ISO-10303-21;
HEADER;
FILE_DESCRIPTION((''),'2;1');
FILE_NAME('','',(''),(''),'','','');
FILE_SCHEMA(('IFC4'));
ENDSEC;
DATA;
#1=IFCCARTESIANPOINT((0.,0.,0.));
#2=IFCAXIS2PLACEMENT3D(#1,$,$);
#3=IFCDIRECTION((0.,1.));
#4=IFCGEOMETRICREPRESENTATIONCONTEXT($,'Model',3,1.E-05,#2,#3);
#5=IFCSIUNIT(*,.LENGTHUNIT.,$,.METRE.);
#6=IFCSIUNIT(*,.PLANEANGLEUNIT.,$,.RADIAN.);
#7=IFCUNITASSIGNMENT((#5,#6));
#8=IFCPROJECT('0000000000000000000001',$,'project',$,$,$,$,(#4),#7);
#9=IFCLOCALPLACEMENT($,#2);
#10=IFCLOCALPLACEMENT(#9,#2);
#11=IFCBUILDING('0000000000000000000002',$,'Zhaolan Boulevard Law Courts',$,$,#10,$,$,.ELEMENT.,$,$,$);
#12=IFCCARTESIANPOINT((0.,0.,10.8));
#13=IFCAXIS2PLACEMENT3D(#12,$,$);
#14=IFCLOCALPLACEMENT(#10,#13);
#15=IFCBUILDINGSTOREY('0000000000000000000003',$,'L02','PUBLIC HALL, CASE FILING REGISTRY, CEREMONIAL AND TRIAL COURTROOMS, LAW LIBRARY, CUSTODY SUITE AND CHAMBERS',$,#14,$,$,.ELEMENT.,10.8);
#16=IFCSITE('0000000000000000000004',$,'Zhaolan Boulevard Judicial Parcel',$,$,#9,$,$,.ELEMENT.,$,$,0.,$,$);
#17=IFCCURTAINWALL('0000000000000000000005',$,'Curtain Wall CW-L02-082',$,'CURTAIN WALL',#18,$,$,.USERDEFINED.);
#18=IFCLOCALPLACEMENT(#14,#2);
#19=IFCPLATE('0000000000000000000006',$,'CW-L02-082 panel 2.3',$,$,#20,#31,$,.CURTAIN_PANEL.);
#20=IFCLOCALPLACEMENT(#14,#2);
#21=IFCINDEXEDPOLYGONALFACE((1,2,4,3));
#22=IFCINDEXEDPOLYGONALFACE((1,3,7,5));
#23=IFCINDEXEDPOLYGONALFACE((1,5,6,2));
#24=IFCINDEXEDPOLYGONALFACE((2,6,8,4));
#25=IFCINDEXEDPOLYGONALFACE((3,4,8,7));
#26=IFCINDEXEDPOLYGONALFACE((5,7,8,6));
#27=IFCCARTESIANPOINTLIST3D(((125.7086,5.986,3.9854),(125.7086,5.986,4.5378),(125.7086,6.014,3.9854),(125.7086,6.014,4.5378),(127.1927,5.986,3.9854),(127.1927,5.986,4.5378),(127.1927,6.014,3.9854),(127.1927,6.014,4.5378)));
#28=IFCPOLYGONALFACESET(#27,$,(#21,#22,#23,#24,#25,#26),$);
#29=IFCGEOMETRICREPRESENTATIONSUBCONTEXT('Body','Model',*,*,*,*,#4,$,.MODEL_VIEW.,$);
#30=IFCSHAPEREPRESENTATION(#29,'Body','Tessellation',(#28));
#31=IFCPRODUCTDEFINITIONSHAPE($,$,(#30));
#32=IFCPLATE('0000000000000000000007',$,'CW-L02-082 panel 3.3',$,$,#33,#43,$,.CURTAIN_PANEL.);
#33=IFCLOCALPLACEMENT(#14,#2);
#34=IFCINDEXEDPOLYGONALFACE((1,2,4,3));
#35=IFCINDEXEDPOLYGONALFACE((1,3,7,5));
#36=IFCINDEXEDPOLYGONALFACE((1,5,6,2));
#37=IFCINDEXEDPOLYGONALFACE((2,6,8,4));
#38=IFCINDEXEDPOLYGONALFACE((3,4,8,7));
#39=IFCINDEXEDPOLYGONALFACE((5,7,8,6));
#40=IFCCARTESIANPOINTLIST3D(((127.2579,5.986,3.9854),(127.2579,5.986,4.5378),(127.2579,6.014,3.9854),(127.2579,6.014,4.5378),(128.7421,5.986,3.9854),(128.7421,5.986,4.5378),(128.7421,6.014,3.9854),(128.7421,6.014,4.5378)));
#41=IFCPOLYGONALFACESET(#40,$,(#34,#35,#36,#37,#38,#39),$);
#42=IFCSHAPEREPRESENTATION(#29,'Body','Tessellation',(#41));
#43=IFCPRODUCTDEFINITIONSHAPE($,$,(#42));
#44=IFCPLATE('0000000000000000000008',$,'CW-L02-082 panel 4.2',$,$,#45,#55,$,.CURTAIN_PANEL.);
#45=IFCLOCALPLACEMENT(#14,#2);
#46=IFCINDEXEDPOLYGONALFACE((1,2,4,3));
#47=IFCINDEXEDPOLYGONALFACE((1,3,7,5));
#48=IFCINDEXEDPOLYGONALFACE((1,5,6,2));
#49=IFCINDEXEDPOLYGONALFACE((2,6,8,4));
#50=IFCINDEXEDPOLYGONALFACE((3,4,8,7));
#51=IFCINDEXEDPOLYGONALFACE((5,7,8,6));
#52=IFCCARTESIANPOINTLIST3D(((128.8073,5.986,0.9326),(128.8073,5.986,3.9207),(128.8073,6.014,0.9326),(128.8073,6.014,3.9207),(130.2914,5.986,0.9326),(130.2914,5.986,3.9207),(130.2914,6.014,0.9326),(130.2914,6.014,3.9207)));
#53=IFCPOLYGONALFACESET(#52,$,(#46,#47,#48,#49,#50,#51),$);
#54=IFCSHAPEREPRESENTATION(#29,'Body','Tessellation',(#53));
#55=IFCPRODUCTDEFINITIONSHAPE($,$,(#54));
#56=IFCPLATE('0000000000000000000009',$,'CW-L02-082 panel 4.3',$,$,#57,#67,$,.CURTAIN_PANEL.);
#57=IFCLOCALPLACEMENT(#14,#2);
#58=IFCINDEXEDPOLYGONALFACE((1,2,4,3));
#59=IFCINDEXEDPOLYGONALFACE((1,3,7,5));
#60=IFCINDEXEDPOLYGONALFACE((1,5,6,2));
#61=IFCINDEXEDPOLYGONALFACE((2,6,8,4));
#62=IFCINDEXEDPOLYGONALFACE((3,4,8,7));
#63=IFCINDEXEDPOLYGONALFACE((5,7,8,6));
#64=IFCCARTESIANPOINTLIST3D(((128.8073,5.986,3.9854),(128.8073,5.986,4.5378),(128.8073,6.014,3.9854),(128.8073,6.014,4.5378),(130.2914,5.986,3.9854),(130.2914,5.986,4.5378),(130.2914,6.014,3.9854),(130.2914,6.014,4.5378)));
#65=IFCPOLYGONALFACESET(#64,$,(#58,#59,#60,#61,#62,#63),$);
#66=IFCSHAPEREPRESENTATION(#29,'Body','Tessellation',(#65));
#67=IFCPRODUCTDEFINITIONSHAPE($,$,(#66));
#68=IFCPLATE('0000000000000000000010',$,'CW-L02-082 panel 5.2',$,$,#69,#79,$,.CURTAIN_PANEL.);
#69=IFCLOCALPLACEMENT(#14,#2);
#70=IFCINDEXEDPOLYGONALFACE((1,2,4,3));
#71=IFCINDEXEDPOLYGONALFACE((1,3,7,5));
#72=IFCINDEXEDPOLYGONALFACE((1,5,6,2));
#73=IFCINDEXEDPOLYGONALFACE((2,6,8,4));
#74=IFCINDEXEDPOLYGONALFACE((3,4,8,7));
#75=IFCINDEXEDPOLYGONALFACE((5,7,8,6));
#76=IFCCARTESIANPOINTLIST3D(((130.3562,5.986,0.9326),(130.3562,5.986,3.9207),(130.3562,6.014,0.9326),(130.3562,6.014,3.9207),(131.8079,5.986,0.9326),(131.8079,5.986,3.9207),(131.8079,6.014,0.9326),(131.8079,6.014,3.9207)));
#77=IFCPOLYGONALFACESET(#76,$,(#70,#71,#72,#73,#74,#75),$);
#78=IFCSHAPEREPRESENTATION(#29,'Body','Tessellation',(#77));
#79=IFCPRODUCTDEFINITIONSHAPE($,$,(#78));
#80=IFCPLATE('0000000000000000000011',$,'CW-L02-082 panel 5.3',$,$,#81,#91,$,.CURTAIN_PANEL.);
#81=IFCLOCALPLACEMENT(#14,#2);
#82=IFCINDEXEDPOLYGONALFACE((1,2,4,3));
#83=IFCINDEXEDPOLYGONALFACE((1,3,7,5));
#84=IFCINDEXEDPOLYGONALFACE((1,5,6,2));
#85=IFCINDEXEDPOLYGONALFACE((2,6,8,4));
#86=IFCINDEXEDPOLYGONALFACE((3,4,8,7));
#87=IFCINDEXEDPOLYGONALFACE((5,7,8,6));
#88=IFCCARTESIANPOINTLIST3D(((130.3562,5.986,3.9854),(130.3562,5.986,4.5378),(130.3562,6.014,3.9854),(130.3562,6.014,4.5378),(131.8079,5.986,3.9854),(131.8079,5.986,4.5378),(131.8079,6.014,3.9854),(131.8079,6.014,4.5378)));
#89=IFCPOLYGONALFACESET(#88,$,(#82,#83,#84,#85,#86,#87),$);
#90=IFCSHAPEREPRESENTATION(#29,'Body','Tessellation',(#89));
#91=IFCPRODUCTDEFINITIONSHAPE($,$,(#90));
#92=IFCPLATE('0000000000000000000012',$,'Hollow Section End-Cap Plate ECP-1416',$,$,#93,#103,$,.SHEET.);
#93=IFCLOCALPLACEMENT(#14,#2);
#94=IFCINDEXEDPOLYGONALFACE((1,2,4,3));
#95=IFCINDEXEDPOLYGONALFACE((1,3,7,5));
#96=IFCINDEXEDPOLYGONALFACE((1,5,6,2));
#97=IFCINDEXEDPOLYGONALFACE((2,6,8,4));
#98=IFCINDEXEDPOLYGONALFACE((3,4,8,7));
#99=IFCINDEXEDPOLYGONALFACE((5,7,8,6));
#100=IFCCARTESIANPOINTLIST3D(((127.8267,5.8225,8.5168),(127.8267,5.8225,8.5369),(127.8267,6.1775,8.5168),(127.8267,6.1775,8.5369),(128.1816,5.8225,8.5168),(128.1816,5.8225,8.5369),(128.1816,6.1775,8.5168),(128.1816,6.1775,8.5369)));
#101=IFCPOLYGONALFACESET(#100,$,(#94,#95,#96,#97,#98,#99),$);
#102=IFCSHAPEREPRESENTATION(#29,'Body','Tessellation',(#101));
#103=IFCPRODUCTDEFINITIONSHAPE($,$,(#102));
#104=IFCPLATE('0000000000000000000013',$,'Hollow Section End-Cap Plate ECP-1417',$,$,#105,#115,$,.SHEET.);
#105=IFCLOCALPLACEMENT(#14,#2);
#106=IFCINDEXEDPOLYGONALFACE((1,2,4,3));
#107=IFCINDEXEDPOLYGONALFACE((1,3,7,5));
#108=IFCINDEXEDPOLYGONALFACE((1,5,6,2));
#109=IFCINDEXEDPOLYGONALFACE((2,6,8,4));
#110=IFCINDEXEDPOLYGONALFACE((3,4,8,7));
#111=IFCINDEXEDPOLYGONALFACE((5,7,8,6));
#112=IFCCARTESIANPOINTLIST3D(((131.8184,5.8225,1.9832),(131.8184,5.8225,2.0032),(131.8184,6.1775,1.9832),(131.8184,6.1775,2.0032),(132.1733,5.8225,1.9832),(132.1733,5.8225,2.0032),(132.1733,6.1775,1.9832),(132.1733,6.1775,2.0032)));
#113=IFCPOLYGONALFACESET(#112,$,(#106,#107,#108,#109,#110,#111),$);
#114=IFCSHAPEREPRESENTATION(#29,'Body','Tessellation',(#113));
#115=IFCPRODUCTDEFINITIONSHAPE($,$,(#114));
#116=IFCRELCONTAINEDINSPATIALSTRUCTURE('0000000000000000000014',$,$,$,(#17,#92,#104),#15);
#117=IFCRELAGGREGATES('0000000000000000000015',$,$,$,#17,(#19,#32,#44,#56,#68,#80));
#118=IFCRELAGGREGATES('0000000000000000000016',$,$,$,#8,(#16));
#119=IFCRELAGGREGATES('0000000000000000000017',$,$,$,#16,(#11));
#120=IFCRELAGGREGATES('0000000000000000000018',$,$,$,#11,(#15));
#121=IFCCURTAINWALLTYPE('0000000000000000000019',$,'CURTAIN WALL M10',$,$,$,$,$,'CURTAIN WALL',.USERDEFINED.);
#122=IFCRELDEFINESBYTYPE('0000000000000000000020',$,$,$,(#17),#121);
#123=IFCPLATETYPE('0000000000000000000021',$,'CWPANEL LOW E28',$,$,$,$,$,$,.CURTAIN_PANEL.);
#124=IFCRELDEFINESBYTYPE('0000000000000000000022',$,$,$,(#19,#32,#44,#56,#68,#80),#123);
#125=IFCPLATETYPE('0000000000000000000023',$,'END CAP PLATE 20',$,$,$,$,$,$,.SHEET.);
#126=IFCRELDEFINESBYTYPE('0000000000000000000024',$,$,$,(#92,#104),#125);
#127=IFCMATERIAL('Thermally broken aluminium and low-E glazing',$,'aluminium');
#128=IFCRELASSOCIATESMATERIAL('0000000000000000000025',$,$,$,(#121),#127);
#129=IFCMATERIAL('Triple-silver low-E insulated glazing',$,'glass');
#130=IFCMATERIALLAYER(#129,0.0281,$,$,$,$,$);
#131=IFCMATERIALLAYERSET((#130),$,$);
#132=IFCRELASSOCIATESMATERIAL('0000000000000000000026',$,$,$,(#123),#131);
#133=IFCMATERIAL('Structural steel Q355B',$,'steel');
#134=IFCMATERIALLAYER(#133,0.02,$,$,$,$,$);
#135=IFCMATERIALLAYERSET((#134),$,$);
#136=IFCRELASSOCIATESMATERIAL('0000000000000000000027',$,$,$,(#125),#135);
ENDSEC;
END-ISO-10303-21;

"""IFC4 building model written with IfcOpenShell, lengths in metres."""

from ifc_helpers import new_model, si_unit, direction, frame, origin, origin_2d, place, context, subcontext, project, spatial, rectangle, extrude, material, layer, layer_set, type_object, element, aggregate, save


model = new_model("IFC4")

# Units and contexts
model_context = context("Model", 3, precision=1e-05, world=origin(), true_north=direction((0.0, 1.0)))
body_context = subcontext(model_context, "Body", "Model", "MODEL_VIEW")
ifc_project = project(units=[si_unit("LENGTHUNIT", "METRE"), si_unit("PLANEANGLEUNIT", "RADIAN")], contexts=[model_context])

# Site, building, storey
site_placement = place(None, origin())
site = spatial("IfcSite", under=ifc_project, at=site_placement, Name="Zhaolan Boulevard Judicial Parcel", CompositionType="ELEMENT", RefElevation=0.0)
building_placement = place(site_placement, origin())
building = spatial("IfcBuilding", under=site, at=building_placement, Name="Zhaolan Boulevard Law Courts", CompositionType="ELEMENT")
storey_placement = place(building_placement, frame((0.0, 0.0, 10.8)))
storey = spatial("IfcBuildingStorey", under=building, at=storey_placement, Name="L02", Description="PUBLIC HALL, CASE FILING REGISTRY, CEREMONIAL AND TRIAL COURTROOMS, LAW LIBRARY, CUSTODY SUITE AND CHAMBERS", CompositionType="ELEMENT", Elevation=10.8)

# Curtain wall
ifc_material_1 = material(Name="Thermally broken aluminium and low-E glazing", Category="aluminium")
curtain_wall_type = type_object("IfcCurtainWallType", Name="CURTAIN WALL M10", ElementType="CURTAIN WALL", PredefinedType="USERDEFINED", material=ifc_material_1)
curtain_wall_placement = place(storey_placement, origin())
curtain_wall = element("IfcCurtainWall", 1, at=curtain_wall_placement, inside=storey, type_object=curtain_wall_type, Name="Curtain Wall CW-L02-082", ObjectType="CURTAIN WALL", PredefinedType="USERDEFINED")

# Plates
ifc_material_2 = material(Name="Triple-silver low-E insulated glazing", Category="glass")
ifc_layer_1 = layer(ifc_material_2, 0.0281)
ifc_layer_set_1 = layer_set([ifc_layer_1])
plate_type_1 = type_object("IfcPlateType", Name="CWPANEL LOW E28", PredefinedType="CURTAIN_PANEL", material=ifc_layer_set_1)
plate_1_placement = place(storey_placement, frame((126.4507, 6.0, 3.9854), z_axis=(0.0, 0.0, 1.0), x_axis=(1.0, 0.0, 0.0)))
plate_1 = element("IfcPlate", 2, at=plate_1_placement, type_object=plate_type_1, Name="CW-L02-082 panel 2.3", PredefinedType="CURTAIN_PANEL", context=body_context, shape_type="SweptSolid", body=[
    extrude(rectangle(XDim=1.4841, YDim=0.0281, at=origin_2d()), origin(), (0.0, 0.0, 1.0), 0.5525),
])
plate_2_placement = place(storey_placement, frame((128.0, 6.0, 3.9854), z_axis=(0.0, 0.0, 1.0), x_axis=(1.0, 0.0, 0.0)))
plate_2 = element("IfcPlate", 3, at=plate_2_placement, type_object=plate_type_1, Name="CW-L02-082 panel 3.3", PredefinedType="CURTAIN_PANEL", context=body_context, shape_type="SweptSolid", body=[
    extrude(rectangle(XDim=1.4841, YDim=0.0281, at=origin_2d()), origin(), (0.0, 0.0, 1.0), 0.5525),
])
plate_3_placement = place(storey_placement, frame((129.5493, 6.0, 0.9326), z_axis=(0.0, 0.0, 1.0), x_axis=(1.0, 0.0, 0.0)))
plate_3 = element("IfcPlate", 4, at=plate_3_placement, type_object=plate_type_1, Name="CW-L02-082 panel 4.2", PredefinedType="CURTAIN_PANEL", context=body_context, shape_type="SweptSolid", body=[
    extrude(rectangle(XDim=1.4841, YDim=0.0281, at=origin_2d()), origin(), (0.0, 0.0, 1.0), 2.988),
])
plate_4_placement = place(storey_placement, frame((129.5493, 6.0, 3.9854), z_axis=(0.0, 0.0, 1.0), x_axis=(1.0, 0.0, 0.0)))
plate_4 = element("IfcPlate", 5, at=plate_4_placement, type_object=plate_type_1, Name="CW-L02-082 panel 4.3", PredefinedType="CURTAIN_PANEL", context=body_context, shape_type="SweptSolid", body=[
    extrude(rectangle(XDim=1.4841, YDim=0.0281, at=origin_2d()), origin(), (0.0, 0.0, 1.0), 0.5525),
])
plate_5_placement = place(storey_placement, frame((131.082, 6.0, 0.9326), z_axis=(0.0, 0.0, 1.0), x_axis=(1.0, 0.0, 0.0)))
plate_5 = element("IfcPlate", 6, at=plate_5_placement, type_object=plate_type_1, Name="CW-L02-082 panel 5.2", PredefinedType="CURTAIN_PANEL", context=body_context, shape_type="SweptSolid", body=[
    extrude(rectangle(XDim=1.4517, YDim=0.0281, at=origin_2d()), origin(), (0.0, 0.0, 1.0), 2.988),
])
plate_6_placement = place(storey_placement, frame((131.082, 6.0, 3.9854), z_axis=(0.0, 0.0, 1.0), x_axis=(1.0, 0.0, 0.0)))
plate_6 = element("IfcPlate", 7, at=plate_6_placement, type_object=plate_type_1, Name="CW-L02-082 panel 5.3", PredefinedType="CURTAIN_PANEL", context=body_context, shape_type="SweptSolid", body=[
    extrude(rectangle(XDim=1.4517, YDim=0.0281, at=origin_2d()), origin(), (0.0, 0.0, 1.0), 0.5525),
])
aggregate(curtain_wall, [plate_1, plate_2, plate_3, plate_4, plate_5, plate_6])

# Plates
ifc_material_3 = material(Name="Structural steel Q355B", Category="steel")
ifc_layer_2 = layer(ifc_material_3, 0.02)
ifc_layer_set_2 = layer_set([ifc_layer_2])
plate_type_2 = type_object("IfcPlateType", Name="END CAP PLATE 20", PredefinedType="SHEET", material=ifc_layer_set_2)
for number, where, z_axis, x_axis, name in (
    (8, (128.0042, 6.0, 8.5168), (0.0, 0.0, 1.0), (1.0, 0.0, 0.0), "Hollow Section End-Cap Plate ECP-1416"),
    (9, (131.9958, 6.0, 1.9832), (0.0, 0.0, 1.0), (1.0, 0.0, 0.0), "Hollow Section End-Cap Plate ECP-1417"),
):
    element("IfcPlate", number, at=place(storey_placement, frame(where, z_axis=z_axis, x_axis=x_axis)), inside=storey, type_object=plate_type_2, Name=name, PredefinedType="SHEET", context=body_context, shape_type="SweptSolid", body=[
        extrude(rectangle(XDim=0.355, YDim=0.355, at=origin_2d()), origin(), (0.0, 0.0, 1.0), 0.02),
    ])

save(model, "model.ifc")
